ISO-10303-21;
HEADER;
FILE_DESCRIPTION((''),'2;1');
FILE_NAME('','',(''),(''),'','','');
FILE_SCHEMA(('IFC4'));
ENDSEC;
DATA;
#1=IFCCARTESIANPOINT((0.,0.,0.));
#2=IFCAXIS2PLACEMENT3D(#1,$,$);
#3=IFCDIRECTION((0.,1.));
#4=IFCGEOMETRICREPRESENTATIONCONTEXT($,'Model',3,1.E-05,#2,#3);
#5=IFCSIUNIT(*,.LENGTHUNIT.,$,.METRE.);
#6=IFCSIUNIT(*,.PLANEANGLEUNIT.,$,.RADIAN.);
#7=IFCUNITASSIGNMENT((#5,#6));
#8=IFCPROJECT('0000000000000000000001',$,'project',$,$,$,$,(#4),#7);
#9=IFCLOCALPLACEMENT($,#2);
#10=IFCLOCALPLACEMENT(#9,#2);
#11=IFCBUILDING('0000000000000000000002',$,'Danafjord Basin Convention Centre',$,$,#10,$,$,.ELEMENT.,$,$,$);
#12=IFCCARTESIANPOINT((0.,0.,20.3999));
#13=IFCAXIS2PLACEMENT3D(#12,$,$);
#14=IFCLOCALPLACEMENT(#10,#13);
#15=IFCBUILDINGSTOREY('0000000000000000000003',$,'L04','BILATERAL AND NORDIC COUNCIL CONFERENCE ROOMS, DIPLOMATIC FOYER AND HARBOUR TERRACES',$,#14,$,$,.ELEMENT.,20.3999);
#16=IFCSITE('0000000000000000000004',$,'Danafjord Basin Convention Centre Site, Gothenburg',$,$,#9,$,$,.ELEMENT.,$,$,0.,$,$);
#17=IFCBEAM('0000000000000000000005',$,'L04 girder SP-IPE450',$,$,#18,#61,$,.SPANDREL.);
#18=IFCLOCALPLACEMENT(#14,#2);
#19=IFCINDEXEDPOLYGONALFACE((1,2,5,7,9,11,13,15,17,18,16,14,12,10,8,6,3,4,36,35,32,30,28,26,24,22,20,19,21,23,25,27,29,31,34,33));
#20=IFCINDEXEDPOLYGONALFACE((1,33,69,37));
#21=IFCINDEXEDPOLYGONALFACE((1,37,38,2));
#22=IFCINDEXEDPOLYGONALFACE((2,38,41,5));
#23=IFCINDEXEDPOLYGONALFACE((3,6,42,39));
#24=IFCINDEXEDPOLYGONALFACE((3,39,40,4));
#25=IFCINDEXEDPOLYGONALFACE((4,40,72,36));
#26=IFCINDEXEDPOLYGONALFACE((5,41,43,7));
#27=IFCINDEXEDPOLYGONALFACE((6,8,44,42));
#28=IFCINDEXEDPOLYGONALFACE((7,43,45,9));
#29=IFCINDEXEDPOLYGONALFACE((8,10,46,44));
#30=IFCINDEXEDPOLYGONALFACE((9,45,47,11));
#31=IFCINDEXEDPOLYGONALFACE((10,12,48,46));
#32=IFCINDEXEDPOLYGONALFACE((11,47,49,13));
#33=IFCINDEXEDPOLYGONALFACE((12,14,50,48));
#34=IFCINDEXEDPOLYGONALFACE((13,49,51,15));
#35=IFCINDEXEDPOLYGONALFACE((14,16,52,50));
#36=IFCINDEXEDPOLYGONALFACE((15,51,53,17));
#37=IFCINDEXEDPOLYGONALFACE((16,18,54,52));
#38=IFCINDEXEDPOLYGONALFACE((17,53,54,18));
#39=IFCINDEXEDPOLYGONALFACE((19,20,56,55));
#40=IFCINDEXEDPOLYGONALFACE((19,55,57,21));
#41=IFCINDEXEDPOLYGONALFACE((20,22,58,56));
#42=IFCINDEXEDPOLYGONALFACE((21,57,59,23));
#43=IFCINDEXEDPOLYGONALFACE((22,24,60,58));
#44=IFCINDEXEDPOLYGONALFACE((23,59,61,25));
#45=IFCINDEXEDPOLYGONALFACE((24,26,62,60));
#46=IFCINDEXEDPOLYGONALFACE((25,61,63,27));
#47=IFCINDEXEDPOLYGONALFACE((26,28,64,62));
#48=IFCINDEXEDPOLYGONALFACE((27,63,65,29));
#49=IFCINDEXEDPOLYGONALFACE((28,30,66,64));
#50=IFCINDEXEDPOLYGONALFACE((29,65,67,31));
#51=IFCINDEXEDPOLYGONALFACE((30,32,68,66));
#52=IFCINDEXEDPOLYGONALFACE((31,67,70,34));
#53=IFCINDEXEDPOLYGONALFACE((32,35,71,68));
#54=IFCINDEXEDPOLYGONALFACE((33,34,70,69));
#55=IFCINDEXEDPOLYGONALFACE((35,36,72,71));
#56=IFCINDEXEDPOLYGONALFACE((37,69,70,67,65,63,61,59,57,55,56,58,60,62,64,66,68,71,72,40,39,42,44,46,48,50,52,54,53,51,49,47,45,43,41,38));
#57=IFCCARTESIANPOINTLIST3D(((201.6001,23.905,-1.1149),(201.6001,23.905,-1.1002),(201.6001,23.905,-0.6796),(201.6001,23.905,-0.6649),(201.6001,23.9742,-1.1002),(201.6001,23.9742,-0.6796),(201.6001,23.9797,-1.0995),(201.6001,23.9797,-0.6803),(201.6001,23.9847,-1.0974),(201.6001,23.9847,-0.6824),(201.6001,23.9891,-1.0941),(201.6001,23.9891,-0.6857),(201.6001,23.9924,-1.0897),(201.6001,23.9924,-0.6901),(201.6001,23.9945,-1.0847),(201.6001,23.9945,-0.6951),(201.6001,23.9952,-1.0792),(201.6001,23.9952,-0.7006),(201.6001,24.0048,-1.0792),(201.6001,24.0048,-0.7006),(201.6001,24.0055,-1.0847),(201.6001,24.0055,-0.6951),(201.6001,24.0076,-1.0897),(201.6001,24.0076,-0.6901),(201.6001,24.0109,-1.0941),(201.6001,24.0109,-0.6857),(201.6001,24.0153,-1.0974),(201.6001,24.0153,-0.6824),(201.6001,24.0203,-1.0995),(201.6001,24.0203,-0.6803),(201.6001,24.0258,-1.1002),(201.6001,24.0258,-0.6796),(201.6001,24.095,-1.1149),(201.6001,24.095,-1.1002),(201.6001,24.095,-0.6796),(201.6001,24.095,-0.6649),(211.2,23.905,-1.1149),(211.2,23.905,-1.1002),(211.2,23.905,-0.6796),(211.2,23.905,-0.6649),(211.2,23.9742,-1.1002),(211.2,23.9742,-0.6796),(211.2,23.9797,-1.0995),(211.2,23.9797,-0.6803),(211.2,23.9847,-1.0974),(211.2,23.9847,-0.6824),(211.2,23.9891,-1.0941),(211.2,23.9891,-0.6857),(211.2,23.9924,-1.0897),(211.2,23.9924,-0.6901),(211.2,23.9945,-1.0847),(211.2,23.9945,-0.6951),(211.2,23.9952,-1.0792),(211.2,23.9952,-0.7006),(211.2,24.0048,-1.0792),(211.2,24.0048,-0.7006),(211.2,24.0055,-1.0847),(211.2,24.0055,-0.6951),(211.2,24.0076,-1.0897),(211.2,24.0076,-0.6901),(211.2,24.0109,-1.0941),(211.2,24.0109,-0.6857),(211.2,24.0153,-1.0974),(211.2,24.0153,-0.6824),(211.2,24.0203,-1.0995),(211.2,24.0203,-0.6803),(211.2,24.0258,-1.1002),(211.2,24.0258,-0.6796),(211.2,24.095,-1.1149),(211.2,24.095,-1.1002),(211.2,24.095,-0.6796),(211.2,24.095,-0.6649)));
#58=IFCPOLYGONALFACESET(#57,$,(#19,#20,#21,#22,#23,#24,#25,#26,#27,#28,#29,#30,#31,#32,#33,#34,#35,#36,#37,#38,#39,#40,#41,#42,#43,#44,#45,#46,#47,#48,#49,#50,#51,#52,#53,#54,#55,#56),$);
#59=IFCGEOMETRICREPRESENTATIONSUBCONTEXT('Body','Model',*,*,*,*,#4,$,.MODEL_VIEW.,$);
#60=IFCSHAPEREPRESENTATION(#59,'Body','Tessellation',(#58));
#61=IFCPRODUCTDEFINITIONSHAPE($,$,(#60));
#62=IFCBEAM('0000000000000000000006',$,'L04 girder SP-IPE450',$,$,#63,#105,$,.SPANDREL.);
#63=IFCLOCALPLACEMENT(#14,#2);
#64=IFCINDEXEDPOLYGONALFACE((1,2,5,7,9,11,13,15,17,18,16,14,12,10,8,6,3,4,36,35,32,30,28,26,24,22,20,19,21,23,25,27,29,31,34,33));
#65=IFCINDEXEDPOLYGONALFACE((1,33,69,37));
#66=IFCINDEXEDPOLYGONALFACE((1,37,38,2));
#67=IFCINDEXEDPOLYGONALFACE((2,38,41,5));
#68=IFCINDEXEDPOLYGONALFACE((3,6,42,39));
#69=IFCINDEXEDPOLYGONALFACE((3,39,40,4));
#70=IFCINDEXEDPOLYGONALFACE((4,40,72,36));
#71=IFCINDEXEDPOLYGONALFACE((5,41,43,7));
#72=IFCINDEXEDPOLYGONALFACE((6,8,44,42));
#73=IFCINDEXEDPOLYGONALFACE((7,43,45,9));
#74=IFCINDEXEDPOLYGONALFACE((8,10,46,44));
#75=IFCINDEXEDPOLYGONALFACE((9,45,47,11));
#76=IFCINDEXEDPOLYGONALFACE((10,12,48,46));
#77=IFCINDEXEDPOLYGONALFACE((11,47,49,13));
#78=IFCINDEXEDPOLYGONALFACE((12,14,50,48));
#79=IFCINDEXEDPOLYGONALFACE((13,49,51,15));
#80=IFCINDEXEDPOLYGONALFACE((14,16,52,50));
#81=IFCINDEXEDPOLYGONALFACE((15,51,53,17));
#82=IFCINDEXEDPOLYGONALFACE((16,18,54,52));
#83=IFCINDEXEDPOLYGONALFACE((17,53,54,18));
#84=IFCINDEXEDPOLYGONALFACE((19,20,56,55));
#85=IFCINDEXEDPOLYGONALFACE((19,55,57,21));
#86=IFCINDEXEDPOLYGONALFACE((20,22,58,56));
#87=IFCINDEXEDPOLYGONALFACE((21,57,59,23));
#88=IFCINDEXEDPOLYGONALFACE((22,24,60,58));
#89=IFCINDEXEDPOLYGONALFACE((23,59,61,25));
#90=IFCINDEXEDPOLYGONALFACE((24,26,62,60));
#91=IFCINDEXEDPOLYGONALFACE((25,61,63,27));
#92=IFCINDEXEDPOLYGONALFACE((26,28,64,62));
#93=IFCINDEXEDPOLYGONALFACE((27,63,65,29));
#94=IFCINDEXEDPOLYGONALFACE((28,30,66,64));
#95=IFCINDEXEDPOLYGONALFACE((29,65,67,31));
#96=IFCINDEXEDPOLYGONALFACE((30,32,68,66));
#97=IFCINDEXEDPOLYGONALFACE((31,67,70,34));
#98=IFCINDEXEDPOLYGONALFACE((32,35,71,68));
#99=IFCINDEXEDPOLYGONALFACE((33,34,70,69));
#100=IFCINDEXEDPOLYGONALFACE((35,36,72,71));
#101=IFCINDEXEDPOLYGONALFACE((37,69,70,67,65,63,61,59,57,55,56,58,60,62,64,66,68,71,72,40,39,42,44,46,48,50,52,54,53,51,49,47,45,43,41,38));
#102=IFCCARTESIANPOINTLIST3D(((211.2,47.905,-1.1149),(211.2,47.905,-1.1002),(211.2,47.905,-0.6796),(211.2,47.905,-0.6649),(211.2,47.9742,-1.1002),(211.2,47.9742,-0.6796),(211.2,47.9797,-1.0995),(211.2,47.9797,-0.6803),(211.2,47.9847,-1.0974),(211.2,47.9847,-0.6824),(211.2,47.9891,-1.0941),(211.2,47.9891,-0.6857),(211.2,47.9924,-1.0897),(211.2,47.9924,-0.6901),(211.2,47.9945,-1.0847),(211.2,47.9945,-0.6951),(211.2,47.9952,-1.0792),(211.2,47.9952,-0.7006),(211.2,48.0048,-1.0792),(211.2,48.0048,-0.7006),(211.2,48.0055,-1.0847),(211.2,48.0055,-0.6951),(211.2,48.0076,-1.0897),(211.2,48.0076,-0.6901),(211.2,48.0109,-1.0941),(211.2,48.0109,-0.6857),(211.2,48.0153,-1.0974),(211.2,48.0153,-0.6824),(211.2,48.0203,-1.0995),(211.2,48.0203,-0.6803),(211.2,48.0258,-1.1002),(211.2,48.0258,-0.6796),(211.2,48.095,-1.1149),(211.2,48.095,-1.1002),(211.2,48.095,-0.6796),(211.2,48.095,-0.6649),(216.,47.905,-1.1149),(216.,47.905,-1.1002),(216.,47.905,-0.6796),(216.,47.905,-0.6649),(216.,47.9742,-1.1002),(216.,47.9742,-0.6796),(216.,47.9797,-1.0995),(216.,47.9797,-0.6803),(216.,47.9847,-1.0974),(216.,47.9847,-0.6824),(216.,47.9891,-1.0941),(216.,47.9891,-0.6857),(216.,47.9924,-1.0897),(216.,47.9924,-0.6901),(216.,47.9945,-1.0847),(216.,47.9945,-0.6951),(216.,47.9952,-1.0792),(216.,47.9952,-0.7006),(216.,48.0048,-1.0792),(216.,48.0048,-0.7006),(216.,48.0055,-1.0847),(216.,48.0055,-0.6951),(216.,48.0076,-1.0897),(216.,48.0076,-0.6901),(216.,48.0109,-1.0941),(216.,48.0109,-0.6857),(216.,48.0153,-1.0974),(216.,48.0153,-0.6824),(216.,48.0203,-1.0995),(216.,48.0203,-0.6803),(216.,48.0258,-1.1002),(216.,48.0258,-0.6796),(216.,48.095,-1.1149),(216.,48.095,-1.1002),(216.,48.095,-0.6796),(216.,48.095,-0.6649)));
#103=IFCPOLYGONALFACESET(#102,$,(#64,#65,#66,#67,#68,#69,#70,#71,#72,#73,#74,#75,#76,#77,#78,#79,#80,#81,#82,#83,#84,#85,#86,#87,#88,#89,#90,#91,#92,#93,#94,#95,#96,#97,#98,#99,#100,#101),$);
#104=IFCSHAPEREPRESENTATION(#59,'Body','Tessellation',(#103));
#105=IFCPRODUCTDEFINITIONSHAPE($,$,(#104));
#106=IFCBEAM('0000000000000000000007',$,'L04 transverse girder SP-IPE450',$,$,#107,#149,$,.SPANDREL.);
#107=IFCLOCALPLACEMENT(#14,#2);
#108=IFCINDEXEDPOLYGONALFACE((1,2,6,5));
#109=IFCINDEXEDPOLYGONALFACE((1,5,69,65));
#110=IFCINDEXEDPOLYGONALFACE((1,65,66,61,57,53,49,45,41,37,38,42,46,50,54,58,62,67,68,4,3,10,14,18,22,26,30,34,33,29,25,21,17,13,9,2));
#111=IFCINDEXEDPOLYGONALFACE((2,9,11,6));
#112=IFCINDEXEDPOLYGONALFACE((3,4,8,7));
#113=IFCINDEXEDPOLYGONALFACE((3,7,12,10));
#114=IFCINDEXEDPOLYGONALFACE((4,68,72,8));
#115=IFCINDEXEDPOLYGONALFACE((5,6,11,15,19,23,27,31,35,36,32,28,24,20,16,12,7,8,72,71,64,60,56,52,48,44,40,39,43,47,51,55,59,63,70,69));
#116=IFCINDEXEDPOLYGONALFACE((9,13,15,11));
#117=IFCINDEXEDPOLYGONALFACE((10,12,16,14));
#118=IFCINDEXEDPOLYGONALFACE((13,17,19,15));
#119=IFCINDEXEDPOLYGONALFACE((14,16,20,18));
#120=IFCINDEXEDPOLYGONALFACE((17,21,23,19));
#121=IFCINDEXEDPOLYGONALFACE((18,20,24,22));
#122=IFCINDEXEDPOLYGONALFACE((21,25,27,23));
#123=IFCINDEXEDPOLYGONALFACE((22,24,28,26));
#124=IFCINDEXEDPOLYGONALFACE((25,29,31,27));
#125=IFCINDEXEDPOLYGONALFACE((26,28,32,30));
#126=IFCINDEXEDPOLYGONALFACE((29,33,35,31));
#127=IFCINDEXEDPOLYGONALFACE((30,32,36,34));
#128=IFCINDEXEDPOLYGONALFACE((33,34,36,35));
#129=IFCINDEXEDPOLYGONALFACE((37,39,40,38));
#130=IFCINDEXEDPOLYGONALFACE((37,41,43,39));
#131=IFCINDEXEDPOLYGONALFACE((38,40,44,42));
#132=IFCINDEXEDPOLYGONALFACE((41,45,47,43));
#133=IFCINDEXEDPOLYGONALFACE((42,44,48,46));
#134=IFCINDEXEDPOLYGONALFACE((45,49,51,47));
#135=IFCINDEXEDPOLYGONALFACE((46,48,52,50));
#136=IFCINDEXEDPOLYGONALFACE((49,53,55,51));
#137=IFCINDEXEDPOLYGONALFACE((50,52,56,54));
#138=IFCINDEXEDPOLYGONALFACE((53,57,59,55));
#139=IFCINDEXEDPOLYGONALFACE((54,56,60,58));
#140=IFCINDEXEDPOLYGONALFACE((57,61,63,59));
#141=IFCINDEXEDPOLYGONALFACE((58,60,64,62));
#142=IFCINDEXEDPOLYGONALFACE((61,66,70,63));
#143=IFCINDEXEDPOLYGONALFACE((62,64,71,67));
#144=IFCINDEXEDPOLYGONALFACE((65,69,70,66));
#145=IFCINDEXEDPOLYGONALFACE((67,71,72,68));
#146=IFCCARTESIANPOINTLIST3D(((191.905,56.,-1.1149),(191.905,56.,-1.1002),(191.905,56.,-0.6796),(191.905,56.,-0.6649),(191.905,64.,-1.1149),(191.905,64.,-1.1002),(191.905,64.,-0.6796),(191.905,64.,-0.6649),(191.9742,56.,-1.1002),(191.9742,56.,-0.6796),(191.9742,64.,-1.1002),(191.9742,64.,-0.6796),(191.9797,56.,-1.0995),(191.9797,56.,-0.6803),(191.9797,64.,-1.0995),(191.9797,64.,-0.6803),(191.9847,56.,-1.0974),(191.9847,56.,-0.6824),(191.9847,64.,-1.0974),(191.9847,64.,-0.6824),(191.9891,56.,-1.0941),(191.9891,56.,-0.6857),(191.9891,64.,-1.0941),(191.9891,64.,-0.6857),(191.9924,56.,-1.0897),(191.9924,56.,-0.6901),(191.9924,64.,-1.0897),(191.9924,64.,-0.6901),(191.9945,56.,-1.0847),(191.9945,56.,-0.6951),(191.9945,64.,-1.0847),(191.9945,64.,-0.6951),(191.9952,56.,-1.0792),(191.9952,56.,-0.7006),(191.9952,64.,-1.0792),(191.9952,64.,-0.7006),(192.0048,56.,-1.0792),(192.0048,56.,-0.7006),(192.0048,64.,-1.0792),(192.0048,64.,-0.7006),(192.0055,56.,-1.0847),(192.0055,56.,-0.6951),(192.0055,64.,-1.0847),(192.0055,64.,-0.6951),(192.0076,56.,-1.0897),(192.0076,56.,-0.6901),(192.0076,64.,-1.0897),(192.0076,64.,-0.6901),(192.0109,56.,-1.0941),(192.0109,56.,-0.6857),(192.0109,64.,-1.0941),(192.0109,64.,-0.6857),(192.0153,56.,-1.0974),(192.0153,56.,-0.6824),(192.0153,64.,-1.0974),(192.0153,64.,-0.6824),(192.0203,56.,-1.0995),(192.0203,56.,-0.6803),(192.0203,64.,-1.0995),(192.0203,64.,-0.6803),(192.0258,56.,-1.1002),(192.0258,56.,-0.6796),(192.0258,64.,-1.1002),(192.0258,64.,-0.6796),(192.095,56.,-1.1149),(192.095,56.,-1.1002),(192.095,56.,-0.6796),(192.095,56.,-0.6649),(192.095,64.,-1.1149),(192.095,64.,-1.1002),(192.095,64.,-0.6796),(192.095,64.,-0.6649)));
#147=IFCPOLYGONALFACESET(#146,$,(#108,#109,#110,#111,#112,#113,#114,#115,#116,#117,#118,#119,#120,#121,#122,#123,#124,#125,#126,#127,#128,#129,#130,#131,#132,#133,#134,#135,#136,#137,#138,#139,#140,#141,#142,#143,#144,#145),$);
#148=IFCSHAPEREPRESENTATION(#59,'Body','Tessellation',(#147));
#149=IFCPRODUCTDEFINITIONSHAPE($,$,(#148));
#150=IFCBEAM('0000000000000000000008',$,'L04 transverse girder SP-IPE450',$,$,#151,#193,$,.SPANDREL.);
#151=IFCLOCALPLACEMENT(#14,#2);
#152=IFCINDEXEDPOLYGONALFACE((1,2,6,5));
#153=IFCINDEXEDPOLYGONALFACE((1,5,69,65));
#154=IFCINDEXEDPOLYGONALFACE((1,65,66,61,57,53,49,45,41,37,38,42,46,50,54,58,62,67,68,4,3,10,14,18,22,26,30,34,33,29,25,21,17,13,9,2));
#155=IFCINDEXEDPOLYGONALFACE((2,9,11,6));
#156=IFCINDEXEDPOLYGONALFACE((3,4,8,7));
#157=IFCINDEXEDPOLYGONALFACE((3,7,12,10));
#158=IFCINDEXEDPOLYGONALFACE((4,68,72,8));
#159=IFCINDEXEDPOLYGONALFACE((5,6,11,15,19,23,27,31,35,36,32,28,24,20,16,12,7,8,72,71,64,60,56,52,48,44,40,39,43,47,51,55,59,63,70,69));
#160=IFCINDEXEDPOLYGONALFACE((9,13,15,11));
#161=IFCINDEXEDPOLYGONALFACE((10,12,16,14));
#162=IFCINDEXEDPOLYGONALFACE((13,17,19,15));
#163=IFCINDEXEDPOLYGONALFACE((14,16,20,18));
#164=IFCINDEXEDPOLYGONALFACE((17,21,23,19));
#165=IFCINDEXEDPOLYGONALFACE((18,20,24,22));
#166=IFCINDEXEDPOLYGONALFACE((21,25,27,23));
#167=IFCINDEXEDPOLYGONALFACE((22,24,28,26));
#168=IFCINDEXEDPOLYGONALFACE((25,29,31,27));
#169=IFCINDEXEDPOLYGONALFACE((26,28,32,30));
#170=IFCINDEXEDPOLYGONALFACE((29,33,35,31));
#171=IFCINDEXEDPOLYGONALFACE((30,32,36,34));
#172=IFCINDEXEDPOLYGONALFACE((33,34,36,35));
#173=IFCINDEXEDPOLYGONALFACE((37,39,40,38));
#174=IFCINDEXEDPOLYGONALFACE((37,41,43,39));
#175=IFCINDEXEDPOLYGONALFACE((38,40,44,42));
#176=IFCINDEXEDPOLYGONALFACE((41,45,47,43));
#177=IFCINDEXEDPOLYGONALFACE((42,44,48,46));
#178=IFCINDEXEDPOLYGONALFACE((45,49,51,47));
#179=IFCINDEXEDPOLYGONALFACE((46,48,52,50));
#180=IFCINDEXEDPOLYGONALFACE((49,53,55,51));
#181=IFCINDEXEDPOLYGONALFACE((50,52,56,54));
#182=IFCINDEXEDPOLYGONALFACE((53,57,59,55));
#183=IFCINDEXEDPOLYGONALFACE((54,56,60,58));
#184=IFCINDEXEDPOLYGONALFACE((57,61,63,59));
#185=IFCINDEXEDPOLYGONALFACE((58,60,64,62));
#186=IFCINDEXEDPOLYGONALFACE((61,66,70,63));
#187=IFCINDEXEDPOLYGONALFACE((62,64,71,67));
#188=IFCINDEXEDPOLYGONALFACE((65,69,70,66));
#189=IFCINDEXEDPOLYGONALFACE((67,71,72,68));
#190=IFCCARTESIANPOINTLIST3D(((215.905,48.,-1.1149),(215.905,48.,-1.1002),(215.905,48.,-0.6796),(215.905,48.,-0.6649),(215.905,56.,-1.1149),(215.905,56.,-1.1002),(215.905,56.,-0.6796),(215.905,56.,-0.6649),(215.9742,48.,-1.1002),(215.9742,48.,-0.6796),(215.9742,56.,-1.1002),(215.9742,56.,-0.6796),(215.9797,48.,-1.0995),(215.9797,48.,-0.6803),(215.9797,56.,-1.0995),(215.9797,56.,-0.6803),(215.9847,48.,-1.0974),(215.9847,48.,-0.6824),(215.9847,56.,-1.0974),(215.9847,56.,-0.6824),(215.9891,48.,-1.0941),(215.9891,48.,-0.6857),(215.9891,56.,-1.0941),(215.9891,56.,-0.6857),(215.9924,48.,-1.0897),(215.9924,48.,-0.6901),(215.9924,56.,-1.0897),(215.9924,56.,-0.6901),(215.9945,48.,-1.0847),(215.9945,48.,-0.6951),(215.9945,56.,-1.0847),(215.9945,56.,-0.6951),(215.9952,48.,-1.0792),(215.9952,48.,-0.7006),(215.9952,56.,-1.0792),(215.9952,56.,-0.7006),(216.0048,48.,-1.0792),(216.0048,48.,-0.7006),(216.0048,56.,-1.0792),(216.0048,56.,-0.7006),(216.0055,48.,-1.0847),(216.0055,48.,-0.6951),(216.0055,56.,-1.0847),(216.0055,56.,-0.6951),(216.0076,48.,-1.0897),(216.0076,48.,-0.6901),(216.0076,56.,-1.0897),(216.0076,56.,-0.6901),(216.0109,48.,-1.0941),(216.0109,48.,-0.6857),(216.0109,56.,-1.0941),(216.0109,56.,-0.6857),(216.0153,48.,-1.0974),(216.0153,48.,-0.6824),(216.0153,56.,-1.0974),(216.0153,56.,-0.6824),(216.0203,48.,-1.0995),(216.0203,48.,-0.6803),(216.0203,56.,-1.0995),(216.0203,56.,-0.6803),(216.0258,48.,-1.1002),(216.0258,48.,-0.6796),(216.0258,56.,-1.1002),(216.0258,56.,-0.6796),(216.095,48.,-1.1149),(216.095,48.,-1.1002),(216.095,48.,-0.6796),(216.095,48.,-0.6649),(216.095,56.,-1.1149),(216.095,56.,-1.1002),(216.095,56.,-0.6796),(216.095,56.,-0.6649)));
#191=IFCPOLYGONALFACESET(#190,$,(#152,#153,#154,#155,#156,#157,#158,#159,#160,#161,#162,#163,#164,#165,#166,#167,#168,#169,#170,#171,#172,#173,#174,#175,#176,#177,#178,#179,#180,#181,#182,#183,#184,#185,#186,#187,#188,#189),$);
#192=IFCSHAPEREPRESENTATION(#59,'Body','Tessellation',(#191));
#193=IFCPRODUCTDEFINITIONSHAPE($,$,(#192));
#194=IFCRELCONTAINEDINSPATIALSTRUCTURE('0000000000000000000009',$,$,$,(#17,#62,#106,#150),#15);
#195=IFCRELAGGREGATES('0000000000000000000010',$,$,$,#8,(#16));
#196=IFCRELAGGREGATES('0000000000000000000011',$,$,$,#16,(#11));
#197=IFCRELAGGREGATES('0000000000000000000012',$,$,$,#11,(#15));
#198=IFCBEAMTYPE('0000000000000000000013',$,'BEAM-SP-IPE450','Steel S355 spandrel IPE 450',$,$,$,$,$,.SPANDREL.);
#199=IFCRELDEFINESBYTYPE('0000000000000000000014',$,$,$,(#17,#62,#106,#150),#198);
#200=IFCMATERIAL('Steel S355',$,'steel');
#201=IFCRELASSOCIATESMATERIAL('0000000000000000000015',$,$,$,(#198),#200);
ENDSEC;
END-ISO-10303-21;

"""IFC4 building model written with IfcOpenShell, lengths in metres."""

from ifc_helpers import new_model, si_unit, direction, frame, origin, origin_2d, place, context, subcontext, project, spatial, i_section, extrude, material, material_profile, profile_set, type_object, element, save


model = new_model("IFC4")

# Units and contexts
model_context = context("Model", 3, precision=1e-05, world=origin(), true_north=direction((0.0, 1.0)))
body_context = subcontext(model_context, "Body", "Model", "MODEL_VIEW")
ifc_project = project(units=[si_unit("LENGTHUNIT", "METRE"), si_unit("PLANEANGLEUNIT", "RADIAN")], contexts=[model_context])

# Site, building, storey
site_placement = place(None, origin())
site = spatial("IfcSite", under=ifc_project, at=site_placement, Name="Danafjord Basin Convention Centre Site, Gothenburg", CompositionType="ELEMENT", RefElevation=0.0)
building_placement = place(site_placement, origin())
building = spatial("IfcBuilding", under=site, at=building_placement, Name="Danafjord Basin Convention Centre", CompositionType="ELEMENT")
storey_placement = place(building_placement, frame((0.0, 0.0, 20.3999)))
storey = spatial("IfcBuildingStorey", under=building, at=storey_placement, Name="L04", Description="BILATERAL AND NORDIC COUNCIL CONFERENCE ROOMS, DIPLOMATIC FOYER AND HARBOUR TERRACES", CompositionType="ELEMENT", Elevation=20.3999)

# Beams
ifc_material_1 = material(Name="Steel S355", Category="steel")
ifc_material_profile_1 = material_profile(ifc_material_1, i_section(OverallWidth=0.1899, OverallDepth=0.45, WebThickness=0.0095, FlangeThickness=0.0146, FilletRadius=0.021, at=origin_2d()), Name="IPE 450")
ifc_profile_set_1 = profile_set([ifc_material_profile_1], Name="Steel S355")
beam_type_1 = type_object("IfcBeamType", Name="BEAM-SP-IPE450", Description="Steel S355 spandrel IPE 450", PredefinedType="SPANDREL", material=ifc_profile_set_1)
beam_1_placement = place(storey_placement, frame((201.6001, 24.0, -0.8899), z_axis=(1.0, 0.0, 0.0), x_axis=(0.0, 1.0, 0.0)))
element("IfcBeam", 1, at=beam_1_placement, inside=storey, type_object=beam_type_1, Name="L04 girder SP-IPE450", PredefinedType="SPANDREL", context=body_context, shape_type="SweptSolid", body=[
    extrude(i_section(OverallWidth=0.1899, OverallDepth=0.45, WebThickness=0.0095, FlangeThickness=0.0146, FilletRadius=0.021, at=origin_2d()), origin(), (0.0, 0.0, 1.0), 9.5999),
])
beam_2_placement = place(storey_placement, frame((211.2, 48.0, -0.8899), z_axis=(1.0, 0.0, 0.0), x_axis=(0.0, 1.0, 0.0)))
element("IfcBeam", 2, at=beam_2_placement, inside=storey, type_object=beam_type_1, Name="L04 girder SP-IPE450", PredefinedType="SPANDREL", context=body_context, shape_type="SweptSolid", body=[
    extrude(i_section(OverallWidth=0.1899, OverallDepth=0.45, WebThickness=0.0095, FlangeThickness=0.0146, FilletRadius=0.021, at=origin_2d()), origin(), (0.0, 0.0, 1.0), 4.8),
])
for number, where, z_axis, x_axis, name in (
    (3, (192.0, 56.0, -0.8899), (0.0, 1.0, 0.0), (-1.0, 0.0, 0.0), "L04 transverse girder SP-IPE450"),
    (4, (216.0, 48.0, -0.8899), (0.0, 1.0, 0.0), (-1.0, 0.0, 0.0), "L04 transverse girder SP-IPE450"),
):
    element("IfcBeam", number, at=place(storey_placement, frame(where, z_axis=z_axis, x_axis=x_axis)), inside=storey, type_object=beam_type_1, Name=name, PredefinedType="SPANDREL", context=body_context, shape_type="SweptSolid", body=[
        extrude(i_section(OverallWidth=0.1899, OverallDepth=0.45, WebThickness=0.0095, FlangeThickness=0.0146, FilletRadius=0.021, at=origin_2d()), origin(), (0.0, 0.0, 1.0), 8.0),
    ])

save(model, "model.ifc")
